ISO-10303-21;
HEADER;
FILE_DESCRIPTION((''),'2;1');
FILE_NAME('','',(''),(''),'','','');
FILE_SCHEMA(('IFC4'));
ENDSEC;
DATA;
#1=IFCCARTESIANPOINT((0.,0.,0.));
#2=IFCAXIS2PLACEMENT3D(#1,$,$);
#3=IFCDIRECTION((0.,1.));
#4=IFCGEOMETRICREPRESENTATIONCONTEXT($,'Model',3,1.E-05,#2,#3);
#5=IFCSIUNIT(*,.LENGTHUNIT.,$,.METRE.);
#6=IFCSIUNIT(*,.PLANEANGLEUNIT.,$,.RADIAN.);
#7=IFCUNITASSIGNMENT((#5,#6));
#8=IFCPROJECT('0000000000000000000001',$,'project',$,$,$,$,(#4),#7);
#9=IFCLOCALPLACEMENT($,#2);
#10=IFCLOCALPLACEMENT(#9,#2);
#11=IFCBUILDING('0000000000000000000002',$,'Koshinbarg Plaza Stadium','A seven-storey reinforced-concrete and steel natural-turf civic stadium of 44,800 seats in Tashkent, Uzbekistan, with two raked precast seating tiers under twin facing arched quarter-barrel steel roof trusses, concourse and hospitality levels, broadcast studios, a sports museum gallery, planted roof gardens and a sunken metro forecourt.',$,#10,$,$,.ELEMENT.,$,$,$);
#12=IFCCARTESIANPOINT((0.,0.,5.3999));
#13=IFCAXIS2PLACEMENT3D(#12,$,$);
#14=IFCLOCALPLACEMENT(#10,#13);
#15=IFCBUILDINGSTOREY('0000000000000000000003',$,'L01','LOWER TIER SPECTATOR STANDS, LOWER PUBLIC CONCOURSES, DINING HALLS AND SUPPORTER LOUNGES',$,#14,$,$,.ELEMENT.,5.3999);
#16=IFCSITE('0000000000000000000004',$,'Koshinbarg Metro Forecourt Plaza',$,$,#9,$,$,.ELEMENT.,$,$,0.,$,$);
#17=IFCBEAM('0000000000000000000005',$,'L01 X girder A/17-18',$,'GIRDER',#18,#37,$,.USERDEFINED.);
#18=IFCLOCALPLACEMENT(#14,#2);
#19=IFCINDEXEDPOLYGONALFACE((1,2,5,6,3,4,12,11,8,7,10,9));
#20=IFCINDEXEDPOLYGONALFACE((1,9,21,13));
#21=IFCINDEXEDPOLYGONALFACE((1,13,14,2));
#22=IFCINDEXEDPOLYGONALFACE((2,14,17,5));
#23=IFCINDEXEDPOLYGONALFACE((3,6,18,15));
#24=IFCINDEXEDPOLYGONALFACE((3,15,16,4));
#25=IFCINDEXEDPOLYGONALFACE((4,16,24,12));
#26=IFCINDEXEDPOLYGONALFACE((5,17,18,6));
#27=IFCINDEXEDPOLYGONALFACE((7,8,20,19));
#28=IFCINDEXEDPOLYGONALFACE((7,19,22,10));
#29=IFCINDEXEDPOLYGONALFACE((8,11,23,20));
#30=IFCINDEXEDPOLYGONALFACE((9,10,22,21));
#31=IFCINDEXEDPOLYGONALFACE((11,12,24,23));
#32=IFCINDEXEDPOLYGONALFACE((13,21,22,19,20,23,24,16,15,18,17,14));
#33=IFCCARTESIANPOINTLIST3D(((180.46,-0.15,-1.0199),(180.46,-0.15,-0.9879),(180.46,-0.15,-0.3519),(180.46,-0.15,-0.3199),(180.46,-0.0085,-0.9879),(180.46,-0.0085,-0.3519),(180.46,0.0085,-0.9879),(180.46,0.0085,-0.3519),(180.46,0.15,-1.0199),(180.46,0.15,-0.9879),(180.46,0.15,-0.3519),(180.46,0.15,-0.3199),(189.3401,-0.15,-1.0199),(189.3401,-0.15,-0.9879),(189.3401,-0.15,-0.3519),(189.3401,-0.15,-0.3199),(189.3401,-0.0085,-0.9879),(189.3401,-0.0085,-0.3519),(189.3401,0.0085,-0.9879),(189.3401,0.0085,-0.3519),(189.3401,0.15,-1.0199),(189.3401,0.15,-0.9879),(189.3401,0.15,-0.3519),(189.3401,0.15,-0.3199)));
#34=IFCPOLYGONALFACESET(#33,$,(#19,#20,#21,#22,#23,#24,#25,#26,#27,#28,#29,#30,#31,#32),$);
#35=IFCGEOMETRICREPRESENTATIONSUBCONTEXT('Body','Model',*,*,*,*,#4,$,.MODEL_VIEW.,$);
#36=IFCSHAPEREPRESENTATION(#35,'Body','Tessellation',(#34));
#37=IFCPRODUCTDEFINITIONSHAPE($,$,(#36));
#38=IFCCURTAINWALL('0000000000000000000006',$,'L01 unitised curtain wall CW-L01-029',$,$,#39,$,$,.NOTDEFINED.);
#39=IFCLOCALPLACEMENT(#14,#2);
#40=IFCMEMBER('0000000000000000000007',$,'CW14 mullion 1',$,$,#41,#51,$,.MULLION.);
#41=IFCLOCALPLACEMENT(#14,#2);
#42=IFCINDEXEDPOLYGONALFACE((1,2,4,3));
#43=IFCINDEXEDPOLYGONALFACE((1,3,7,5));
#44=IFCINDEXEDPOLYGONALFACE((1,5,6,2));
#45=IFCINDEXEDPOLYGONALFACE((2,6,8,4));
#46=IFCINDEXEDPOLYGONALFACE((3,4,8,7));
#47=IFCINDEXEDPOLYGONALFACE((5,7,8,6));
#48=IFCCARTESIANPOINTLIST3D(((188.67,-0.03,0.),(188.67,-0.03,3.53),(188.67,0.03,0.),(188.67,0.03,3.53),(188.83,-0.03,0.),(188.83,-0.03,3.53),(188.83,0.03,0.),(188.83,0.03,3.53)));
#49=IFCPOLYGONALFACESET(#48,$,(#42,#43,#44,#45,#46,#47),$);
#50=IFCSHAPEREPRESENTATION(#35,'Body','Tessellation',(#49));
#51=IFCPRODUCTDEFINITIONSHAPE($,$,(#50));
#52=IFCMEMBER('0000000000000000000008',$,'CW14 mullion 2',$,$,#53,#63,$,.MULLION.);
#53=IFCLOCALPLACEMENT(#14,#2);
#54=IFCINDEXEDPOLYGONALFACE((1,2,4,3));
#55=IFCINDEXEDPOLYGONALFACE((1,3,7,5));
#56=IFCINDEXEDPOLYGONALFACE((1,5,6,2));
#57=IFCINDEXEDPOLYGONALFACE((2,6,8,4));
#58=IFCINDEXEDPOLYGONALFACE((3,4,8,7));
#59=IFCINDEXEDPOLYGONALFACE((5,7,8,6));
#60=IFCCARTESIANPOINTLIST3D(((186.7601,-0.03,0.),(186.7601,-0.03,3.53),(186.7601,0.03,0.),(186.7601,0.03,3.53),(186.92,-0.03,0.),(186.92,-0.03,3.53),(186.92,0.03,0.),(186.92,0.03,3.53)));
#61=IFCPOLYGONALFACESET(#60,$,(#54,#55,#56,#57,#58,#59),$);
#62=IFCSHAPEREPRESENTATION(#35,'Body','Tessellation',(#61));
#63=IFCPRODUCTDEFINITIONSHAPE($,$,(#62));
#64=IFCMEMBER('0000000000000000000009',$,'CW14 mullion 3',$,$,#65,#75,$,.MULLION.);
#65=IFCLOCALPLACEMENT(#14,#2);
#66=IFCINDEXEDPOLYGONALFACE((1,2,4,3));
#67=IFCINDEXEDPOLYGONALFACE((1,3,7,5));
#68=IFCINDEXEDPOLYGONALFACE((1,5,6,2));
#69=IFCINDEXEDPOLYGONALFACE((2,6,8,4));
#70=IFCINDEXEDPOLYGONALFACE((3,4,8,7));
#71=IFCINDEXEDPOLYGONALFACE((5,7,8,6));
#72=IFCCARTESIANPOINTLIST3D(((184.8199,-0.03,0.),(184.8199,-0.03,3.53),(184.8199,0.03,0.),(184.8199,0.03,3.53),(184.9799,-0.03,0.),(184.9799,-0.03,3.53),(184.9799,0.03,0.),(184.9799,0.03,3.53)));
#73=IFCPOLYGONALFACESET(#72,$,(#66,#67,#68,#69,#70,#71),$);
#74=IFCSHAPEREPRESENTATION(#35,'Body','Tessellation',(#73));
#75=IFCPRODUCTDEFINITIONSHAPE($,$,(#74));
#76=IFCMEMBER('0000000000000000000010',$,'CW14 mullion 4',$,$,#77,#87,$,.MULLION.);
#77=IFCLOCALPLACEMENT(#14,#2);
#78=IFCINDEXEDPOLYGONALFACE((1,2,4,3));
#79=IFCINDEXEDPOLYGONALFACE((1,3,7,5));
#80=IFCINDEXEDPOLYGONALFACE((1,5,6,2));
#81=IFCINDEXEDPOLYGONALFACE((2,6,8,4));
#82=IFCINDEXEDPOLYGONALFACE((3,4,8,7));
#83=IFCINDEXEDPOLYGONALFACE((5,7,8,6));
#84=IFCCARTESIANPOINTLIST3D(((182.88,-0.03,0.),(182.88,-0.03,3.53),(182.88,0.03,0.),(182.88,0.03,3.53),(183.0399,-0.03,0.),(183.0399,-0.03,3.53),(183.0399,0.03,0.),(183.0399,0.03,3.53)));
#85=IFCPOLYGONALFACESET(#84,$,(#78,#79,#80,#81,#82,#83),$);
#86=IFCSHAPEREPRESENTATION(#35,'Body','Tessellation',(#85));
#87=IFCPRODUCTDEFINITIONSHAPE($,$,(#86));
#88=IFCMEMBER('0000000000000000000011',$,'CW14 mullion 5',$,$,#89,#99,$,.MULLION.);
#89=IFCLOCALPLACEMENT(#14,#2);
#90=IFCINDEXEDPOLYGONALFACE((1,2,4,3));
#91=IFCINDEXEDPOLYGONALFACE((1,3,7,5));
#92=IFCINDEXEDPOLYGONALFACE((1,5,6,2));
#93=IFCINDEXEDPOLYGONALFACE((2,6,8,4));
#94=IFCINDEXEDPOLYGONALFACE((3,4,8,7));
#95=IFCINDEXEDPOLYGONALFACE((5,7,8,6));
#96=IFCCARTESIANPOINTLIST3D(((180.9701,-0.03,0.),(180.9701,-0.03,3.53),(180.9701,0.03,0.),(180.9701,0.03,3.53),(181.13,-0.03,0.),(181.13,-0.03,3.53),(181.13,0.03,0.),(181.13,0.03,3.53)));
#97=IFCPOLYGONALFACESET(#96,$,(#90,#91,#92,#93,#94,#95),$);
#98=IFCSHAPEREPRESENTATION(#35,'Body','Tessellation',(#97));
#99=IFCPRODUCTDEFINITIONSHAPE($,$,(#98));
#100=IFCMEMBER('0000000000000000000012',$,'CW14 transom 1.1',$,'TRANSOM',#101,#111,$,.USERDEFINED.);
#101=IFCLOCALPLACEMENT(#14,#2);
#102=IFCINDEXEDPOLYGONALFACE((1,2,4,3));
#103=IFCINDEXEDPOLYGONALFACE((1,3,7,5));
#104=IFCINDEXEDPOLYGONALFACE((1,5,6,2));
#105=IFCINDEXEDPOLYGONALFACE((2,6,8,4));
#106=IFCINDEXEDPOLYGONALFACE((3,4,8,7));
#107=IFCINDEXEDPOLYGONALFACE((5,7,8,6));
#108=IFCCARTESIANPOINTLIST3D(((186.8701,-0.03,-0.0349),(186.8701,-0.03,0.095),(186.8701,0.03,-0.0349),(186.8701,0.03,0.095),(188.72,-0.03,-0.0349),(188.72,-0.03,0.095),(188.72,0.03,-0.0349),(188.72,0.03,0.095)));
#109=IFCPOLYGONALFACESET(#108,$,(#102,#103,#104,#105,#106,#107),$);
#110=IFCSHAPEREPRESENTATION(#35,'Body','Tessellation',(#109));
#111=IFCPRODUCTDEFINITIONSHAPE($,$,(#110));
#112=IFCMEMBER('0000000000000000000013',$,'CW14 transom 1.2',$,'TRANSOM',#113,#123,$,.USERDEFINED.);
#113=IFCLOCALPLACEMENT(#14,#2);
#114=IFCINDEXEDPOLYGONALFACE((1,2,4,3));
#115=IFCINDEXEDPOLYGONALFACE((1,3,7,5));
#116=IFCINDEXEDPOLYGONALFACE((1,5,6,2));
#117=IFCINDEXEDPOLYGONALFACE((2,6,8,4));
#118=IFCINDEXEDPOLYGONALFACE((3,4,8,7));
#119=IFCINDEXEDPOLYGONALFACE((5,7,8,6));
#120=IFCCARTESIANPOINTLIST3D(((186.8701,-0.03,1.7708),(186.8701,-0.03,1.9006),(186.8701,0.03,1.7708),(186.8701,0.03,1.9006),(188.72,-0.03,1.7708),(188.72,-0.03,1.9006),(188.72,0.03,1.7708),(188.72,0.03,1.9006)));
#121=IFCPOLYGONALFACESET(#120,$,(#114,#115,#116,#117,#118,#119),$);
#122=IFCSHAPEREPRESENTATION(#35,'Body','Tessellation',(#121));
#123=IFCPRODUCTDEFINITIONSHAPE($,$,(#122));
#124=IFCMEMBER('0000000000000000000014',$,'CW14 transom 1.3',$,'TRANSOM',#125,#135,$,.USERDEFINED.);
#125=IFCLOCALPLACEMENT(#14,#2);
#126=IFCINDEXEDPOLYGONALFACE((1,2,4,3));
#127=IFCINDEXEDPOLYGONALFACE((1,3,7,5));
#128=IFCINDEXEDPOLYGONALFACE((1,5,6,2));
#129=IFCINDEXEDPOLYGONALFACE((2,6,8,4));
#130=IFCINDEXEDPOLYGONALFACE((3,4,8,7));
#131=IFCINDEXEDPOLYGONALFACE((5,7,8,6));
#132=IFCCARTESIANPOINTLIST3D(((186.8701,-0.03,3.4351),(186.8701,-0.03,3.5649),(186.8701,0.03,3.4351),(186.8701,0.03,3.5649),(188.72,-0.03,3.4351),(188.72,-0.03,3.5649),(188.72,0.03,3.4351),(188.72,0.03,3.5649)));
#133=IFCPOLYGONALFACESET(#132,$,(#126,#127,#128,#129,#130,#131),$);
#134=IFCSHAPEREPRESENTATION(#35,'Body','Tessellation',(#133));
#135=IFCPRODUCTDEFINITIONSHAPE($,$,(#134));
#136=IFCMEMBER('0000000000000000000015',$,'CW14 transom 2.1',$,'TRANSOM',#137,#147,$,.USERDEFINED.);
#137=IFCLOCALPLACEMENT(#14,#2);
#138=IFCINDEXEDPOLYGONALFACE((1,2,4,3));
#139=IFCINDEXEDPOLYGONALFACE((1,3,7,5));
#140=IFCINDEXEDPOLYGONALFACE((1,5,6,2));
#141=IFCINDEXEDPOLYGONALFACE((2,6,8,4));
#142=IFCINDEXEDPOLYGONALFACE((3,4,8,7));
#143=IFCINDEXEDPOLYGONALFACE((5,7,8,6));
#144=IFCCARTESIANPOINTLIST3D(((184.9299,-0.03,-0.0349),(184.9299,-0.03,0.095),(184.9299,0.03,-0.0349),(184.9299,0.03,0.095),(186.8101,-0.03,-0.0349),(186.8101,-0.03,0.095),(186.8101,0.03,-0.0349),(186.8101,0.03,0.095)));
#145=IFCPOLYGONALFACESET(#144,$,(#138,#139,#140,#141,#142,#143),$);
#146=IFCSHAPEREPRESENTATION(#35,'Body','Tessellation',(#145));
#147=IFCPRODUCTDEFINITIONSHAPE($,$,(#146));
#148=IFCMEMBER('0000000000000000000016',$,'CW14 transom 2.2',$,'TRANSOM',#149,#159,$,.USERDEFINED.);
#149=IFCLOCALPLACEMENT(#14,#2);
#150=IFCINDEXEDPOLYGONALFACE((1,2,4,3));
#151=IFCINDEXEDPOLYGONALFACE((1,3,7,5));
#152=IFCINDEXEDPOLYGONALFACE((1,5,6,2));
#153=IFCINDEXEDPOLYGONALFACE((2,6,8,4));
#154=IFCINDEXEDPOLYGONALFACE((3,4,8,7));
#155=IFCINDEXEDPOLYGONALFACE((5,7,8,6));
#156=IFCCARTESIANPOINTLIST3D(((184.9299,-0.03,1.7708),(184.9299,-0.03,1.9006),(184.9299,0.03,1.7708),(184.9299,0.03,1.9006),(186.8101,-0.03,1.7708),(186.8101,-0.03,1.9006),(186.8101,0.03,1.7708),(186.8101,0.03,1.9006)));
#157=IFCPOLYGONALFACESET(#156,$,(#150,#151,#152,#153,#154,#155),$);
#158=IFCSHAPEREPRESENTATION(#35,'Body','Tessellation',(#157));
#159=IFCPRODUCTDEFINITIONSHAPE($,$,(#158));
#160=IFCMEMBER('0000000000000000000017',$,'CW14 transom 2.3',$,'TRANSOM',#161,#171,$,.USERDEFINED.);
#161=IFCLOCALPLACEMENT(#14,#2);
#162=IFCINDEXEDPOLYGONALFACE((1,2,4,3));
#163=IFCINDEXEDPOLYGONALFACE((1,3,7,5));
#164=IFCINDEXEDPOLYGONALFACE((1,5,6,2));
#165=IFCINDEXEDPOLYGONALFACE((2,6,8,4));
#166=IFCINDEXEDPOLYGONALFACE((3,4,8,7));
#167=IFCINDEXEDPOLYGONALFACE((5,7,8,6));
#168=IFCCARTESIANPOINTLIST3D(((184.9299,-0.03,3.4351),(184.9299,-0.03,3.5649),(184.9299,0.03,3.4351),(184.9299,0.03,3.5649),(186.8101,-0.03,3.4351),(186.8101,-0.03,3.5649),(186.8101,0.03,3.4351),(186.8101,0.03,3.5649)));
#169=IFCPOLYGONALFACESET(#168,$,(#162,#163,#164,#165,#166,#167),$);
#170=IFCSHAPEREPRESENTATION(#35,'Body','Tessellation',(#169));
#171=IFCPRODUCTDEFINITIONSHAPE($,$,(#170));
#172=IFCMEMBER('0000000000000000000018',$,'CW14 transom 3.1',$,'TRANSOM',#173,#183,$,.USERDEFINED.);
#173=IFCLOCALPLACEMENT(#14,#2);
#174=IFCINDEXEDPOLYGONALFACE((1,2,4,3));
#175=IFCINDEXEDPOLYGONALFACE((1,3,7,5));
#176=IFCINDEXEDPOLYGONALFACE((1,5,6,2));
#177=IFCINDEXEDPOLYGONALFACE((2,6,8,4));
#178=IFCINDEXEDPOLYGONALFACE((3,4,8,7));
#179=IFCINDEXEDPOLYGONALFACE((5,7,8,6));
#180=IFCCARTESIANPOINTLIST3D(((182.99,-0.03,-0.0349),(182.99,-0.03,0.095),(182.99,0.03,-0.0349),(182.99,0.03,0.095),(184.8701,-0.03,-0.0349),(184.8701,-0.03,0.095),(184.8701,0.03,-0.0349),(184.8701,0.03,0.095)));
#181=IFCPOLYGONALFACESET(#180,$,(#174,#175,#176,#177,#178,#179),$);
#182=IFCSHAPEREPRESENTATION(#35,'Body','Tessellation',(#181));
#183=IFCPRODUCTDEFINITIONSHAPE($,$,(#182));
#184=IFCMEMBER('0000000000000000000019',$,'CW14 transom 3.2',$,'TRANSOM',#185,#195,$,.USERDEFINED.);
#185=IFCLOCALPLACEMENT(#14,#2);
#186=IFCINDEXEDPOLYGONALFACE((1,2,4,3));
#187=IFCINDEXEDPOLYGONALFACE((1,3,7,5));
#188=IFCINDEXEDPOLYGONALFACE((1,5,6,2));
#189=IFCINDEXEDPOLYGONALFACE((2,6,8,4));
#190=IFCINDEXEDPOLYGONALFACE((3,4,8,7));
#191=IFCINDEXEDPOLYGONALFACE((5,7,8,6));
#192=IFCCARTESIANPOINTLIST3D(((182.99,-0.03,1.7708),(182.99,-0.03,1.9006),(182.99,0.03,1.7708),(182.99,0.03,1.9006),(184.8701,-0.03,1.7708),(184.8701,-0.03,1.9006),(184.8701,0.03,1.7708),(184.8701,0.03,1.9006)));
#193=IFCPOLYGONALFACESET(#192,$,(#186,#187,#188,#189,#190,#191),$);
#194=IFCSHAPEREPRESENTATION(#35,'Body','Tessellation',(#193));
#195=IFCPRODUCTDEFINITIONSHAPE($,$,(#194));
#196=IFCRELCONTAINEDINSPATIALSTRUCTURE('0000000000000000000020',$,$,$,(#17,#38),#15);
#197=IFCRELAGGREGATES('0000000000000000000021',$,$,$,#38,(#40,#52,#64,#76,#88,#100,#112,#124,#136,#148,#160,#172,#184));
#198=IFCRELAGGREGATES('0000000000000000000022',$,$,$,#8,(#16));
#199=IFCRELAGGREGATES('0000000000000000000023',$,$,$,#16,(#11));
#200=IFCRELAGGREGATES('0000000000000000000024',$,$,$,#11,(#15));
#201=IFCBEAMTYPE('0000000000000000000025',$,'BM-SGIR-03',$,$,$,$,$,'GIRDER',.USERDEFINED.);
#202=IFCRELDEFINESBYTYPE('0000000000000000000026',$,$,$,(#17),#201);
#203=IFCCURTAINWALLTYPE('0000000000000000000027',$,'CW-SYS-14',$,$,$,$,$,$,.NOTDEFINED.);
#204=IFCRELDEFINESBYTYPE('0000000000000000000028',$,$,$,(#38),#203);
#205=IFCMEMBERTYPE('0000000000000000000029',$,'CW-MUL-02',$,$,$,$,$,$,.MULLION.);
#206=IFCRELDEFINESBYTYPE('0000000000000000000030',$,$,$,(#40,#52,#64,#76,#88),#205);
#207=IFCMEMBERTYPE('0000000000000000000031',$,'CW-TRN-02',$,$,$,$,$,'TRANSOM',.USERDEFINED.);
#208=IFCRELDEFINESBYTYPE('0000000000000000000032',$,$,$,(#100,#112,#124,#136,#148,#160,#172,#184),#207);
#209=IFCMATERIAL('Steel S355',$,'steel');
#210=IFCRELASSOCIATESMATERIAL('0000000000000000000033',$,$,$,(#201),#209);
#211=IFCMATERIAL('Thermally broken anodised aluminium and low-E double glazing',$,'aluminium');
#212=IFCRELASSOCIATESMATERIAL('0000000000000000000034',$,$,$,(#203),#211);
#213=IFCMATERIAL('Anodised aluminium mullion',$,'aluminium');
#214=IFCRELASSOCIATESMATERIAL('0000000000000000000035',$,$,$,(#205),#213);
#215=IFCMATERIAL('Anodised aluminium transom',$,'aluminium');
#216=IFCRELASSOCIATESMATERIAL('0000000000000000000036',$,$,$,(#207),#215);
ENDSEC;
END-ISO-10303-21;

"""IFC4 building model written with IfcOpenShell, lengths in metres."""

from ifc_helpers import new_model, si_unit, direction, frame, origin, origin_2d, place, context, subcontext, project, spatial, rectangle, i_section, extrude, material, material_profile, profile_set, type_object, element, aggregate, save


model = new_model("IFC4")

# Units and contexts
model_context = context("Model", 3, precision=1e-05, world=origin(), true_north=direction((0.0, 1.0)))
body_context = subcontext(model_context, "Body", "Model", "MODEL_VIEW")
ifc_project = project(units=[si_unit("LENGTHUNIT", "METRE"), si_unit("PLANEANGLEUNIT", "RADIAN")], contexts=[model_context])

# Site, building, storey
site_placement = place(None, origin())
site = spatial("IfcSite", under=ifc_project, at=site_placement, Name="Koshinbarg Metro Forecourt Plaza", CompositionType="ELEMENT", RefElevation=0.0)
building_placement = place(site_placement, origin())
building = spatial("IfcBuilding", under=site, at=building_placement, Name="Koshinbarg Plaza Stadium", Description="A seven-storey reinforced-concrete and steel natural-turf civic stadium of 44,800 seats in Tashkent, Uzbekistan, with two raked precast seating tiers under twin facing arched quarter-barrel steel roof trusses, concourse and hospitality levels, broadcast studios, a sports museum gallery, planted roof gardens and a sunken metro forecourt.", CompositionType="ELEMENT")
storey_placement = place(building_placement, frame((0.0, 0.0, 5.3999)))
storey = spatial("IfcBuildingStorey", under=building, at=storey_placement, Name="L01", Description="LOWER TIER SPECTATOR STANDS, LOWER PUBLIC CONCOURSES, DINING HALLS AND SUPPORTER LOUNGES", CompositionType="ELEMENT", Elevation=5.3999)

# Beam
ifc_material_1 = material(Name="Steel S355", Category="steel")
ifc_material_profile_1 = material_profile(ifc_material_1, i_section(OverallWidth=0.3, OverallDepth=0.7, WebThickness=0.0171, FlangeThickness=0.032, at=origin_2d()), Name="HEB 700")
ifc_profile_set_1 = profile_set([ifc_material_profile_1], Name="Steel S355")
beam_type = type_object("IfcBeamType", Name="BM-SGIR-03", ElementType="GIRDER", PredefinedType="USERDEFINED", material=ifc_profile_set_1)
beam_placement = place(storey_placement, frame((180.46, 0.0, -0.6699), z_axis=(1.0, 0.0, 0.0), x_axis=(0.0, 1.0, 0.0)))
element("IfcBeam", 1, at=beam_placement, inside=storey, type_object=beam_type, Name="L01 X girder A/17-18", ObjectType="GIRDER", PredefinedType="USERDEFINED", context=body_context, shape_type="SweptSolid", body=[
    extrude(i_section(OverallWidth=0.3, OverallDepth=0.7, WebThickness=0.0171, FlangeThickness=0.032, at=origin_2d()), origin(), (0.0, 0.0, 1.0), 8.8801),
])

# Curtain wall, members
ifc_material_2 = material(Name="Thermally broken anodised aluminium and low-E double glazing", Category="aluminium")
curtain_wall_type = type_object("IfcCurtainWallType", Name="CW-SYS-14", PredefinedType="NOTDEFINED", material=ifc_material_2)
curtain_wall_placement = place(storey_placement, origin())
curtain_wall = element("IfcCurtainWall", 2, at=curtain_wall_placement, inside=storey, type_object=curtain_wall_type, Name="L01 unitised curtain wall CW-L01-029", PredefinedType="NOTDEFINED")
ifc_material_3 = material(Name="Anodised aluminium mullion", Category="aluminium")
ifc_material_profile_2 = material_profile(ifc_material_3, rectangle(XDim=0.0601, YDim=0.1599, at=origin_2d()), Name="ALU 60x160")
ifc_profile_set_2 = profile_set([ifc_material_profile_2], Name="Anodised aluminium mullion")
member_type_1 = type_object("IfcMemberType", Name="CW-MUL-02", PredefinedType="MULLION", material=ifc_profile_set_2)
member_1_placement = place(storey_placement, frame((188.75, 0.0, 0.0), z_axis=(0.0, 0.0, 1.0), x_axis=(0.0, -1.0, 0.0)))
member_1 = element("IfcMember", 3, at=member_1_placement, type_object=member_type_1, Name="CW14 mullion 1", PredefinedType="MULLION", context=body_context, shape_type="SweptSolid", body=[
    extrude(rectangle(XDim=0.0601, YDim=0.1599, at=origin_2d()), origin(), (0.0, 0.0, 1.0), 3.53),
])
member_2_placement = place(storey_placement, frame((186.8401, 0.0, 0.0), z_axis=(0.0, 0.0, 1.0), x_axis=(0.0, -1.0, 0.0)))
member_2 = element("IfcMember", 4, at=member_2_placement, type_object=member_type_1, Name="CW14 mullion 2", PredefinedType="MULLION", context=body_context, shape_type="SweptSolid", body=[
    extrude(rectangle(XDim=0.0601, YDim=0.1599, at=origin_2d()), origin(), (0.0, 0.0, 1.0), 3.53),
])
member_3_placement = place(storey_placement, frame((184.8999, 0.0, 0.0), z_axis=(0.0, 0.0, 1.0), x_axis=(0.0, -1.0, 0.0)))
member_3 = element("IfcMember", 5, at=member_3_placement, type_object=member_type_1, Name="CW14 mullion 3", PredefinedType="MULLION", context=body_context, shape_type="SweptSolid", body=[
    extrude(rectangle(XDim=0.0601, YDim=0.1599, at=origin_2d()), origin(), (0.0, 0.0, 1.0), 3.53),
])
member_4_placement = place(storey_placement, frame((182.96, 0.0, 0.0), z_axis=(0.0, 0.0, 1.0), x_axis=(0.0, -1.0, 0.0)))
member_4 = element("IfcMember", 6, at=member_4_placement, type_object=member_type_1, Name="CW14 mullion 4", PredefinedType="MULLION", context=body_context, shape_type="SweptSolid", body=[
    extrude(rectangle(XDim=0.0601, YDim=0.1599, at=origin_2d()), origin(), (0.0, 0.0, 1.0), 3.53),
])
member_5_placement = place(storey_placement, frame((181.05, 0.0, 0.0), z_axis=(0.0, 0.0, 1.0), x_axis=(0.0, -1.0, 0.0)))
member_5 = element("IfcMember", 7, at=member_5_placement, type_object=member_type_1, Name="CW14 mullion 5", PredefinedType="MULLION", context=body_context, shape_type="SweptSolid", body=[
    extrude(rectangle(XDim=0.0601, YDim=0.1599, at=origin_2d()), origin(), (0.0, 0.0, 1.0), 3.53),
])
ifc_material_4 = material(Name="Anodised aluminium transom", Category="aluminium")
ifc_material_profile_3 = material_profile(ifc_material_4, rectangle(XDim=0.0601, YDim=0.1299, at=origin_2d()), Name="ALU 60x130")
ifc_profile_set_3 = profile_set([ifc_material_profile_3], Name="Anodised aluminium transom")
member_type_2 = type_object("IfcMemberType", Name="CW-TRN-02", ElementType="TRANSOM", PredefinedType="USERDEFINED", material=ifc_profile_set_3)
member_6_placement = place(storey_placement, frame((188.72, 0.0, 0.03), z_axis=(-1.0, 0.0, 0.0), x_axis=(0.0, -1.0, 0.0)))
member_6 = element("IfcMember", 8, at=member_6_placement, type_object=member_type_2, Name="CW14 transom 1.1", ObjectType="TRANSOM", PredefinedType="USERDEFINED", context=body_context, shape_type="SweptSolid", body=[
    extrude(rectangle(XDim=0.0601, YDim=0.1299, at=origin_2d()), origin(), (0.0, 0.0, 1.0), 1.8499),
])
member_7_placement = place(storey_placement, frame((188.72, 0.0, 1.8357), z_axis=(-1.0, 0.0, 0.0), x_axis=(0.0, -1.0, 0.0)))
member_7 = element("IfcMember", 9, at=member_7_placement, type_object=member_type_2, Name="CW14 transom 1.2", ObjectType="TRANSOM", PredefinedType="USERDEFINED", context=body_context, shape_type="SweptSolid", body=[
    extrude(rectangle(XDim=0.0601, YDim=0.1299, at=origin_2d()), origin(), (0.0, 0.0, 1.0), 1.8499),
])
member_8_placement = place(storey_placement, frame((188.72, 0.0, 3.5), z_axis=(-1.0, 0.0, 0.0), x_axis=(0.0, -1.0, 0.0)))
member_8 = element("IfcMember", 10, at=member_8_placement, type_object=member_type_2, Name="CW14 transom 1.3", ObjectType="TRANSOM", PredefinedType="USERDEFINED", context=body_context, shape_type="SweptSolid", body=[
    extrude(rectangle(XDim=0.0601, YDim=0.1299, at=origin_2d()), origin(), (0.0, 0.0, 1.0), 1.8499),
])
member_9_placement = place(storey_placement, frame((186.8101, 0.0, 0.03), z_axis=(-1.0, 0.0, 0.0), x_axis=(0.0, -1.0, 0.0)))
member_9 = element("IfcMember", 11, at=member_9_placement, type_object=member_type_2, Name="CW14 transom 2.1", ObjectType="TRANSOM", PredefinedType="USERDEFINED", context=body_context, shape_type="SweptSolid", body=[
    extrude(rectangle(XDim=0.0601, YDim=0.1299, at=origin_2d()), origin(), (0.0, 0.0, 1.0), 1.8801),
])
member_10_placement = place(storey_placement, frame((186.8101, 0.0, 1.8357), z_axis=(-1.0, 0.0, 0.0), x_axis=(0.0, -1.0, 0.0)))
member_10 = element("IfcMember", 12, at=member_10_placement, type_object=member_type_2, Name="CW14 transom 2.2", ObjectType="TRANSOM", PredefinedType="USERDEFINED", context=body_context, shape_type="SweptSolid", body=[
    extrude(rectangle(XDim=0.0601, YDim=0.1299, at=origin_2d()), origin(), (0.0, 0.0, 1.0), 1.8801),
])
member_11_placement = place(storey_placement, frame((186.8101, 0.0, 3.5), z_axis=(-1.0, 0.0, 0.0), x_axis=(0.0, -1.0, 0.0)))
member_11 = element("IfcMember", 13, at=member_11_placement, type_object=member_type_2, Name="CW14 transom 2.3", ObjectType="TRANSOM", PredefinedType="USERDEFINED", context=body_context, shape_type="SweptSolid", body=[
    extrude(rectangle(XDim=0.0601, YDim=0.1299, at=origin_2d()), origin(), (0.0, 0.0, 1.0), 1.8801),
])
member_12_placement = place(storey_placement, frame((184.8701, 0.0, 0.03), z_axis=(-1.0, 0.0, 0.0), x_axis=(0.0, -1.0, 0.0)))
member_12 = element("IfcMember", 14, at=member_12_placement, type_object=member_type_2, Name="CW14 transom 3.1", ObjectType="TRANSOM", PredefinedType="USERDEFINED", context=body_context, shape_type="SweptSolid", body=[
    extrude(rectangle(XDim=0.0601, YDim=0.1299, at=origin_2d()), origin(), (0.0, 0.0, 1.0), 1.8801),
])
member_13_placement = place(storey_placement, frame((184.8701, 0.0, 1.8357), z_axis=(-1.0, 0.0, 0.0), x_axis=(0.0, -1.0, 0.0)))
member_13 = element("IfcMember", 15, at=member_13_placement, type_object=member_type_2, Name="CW14 transom 3.2", ObjectType="TRANSOM", PredefinedType="USERDEFINED", context=body_context, shape_type="SweptSolid", body=[
    extrude(rectangle(XDim=0.0601, YDim=0.1299, at=origin_2d()), origin(), (0.0, 0.0, 1.0), 1.8801),
])
aggregate(curtain_wall, [member_1, member_2, member_3, member_4, member_5, member_6, member_7, member_8, member_9, member_10, member_11, member_12, member_13])

save(model, "model.ifc")
